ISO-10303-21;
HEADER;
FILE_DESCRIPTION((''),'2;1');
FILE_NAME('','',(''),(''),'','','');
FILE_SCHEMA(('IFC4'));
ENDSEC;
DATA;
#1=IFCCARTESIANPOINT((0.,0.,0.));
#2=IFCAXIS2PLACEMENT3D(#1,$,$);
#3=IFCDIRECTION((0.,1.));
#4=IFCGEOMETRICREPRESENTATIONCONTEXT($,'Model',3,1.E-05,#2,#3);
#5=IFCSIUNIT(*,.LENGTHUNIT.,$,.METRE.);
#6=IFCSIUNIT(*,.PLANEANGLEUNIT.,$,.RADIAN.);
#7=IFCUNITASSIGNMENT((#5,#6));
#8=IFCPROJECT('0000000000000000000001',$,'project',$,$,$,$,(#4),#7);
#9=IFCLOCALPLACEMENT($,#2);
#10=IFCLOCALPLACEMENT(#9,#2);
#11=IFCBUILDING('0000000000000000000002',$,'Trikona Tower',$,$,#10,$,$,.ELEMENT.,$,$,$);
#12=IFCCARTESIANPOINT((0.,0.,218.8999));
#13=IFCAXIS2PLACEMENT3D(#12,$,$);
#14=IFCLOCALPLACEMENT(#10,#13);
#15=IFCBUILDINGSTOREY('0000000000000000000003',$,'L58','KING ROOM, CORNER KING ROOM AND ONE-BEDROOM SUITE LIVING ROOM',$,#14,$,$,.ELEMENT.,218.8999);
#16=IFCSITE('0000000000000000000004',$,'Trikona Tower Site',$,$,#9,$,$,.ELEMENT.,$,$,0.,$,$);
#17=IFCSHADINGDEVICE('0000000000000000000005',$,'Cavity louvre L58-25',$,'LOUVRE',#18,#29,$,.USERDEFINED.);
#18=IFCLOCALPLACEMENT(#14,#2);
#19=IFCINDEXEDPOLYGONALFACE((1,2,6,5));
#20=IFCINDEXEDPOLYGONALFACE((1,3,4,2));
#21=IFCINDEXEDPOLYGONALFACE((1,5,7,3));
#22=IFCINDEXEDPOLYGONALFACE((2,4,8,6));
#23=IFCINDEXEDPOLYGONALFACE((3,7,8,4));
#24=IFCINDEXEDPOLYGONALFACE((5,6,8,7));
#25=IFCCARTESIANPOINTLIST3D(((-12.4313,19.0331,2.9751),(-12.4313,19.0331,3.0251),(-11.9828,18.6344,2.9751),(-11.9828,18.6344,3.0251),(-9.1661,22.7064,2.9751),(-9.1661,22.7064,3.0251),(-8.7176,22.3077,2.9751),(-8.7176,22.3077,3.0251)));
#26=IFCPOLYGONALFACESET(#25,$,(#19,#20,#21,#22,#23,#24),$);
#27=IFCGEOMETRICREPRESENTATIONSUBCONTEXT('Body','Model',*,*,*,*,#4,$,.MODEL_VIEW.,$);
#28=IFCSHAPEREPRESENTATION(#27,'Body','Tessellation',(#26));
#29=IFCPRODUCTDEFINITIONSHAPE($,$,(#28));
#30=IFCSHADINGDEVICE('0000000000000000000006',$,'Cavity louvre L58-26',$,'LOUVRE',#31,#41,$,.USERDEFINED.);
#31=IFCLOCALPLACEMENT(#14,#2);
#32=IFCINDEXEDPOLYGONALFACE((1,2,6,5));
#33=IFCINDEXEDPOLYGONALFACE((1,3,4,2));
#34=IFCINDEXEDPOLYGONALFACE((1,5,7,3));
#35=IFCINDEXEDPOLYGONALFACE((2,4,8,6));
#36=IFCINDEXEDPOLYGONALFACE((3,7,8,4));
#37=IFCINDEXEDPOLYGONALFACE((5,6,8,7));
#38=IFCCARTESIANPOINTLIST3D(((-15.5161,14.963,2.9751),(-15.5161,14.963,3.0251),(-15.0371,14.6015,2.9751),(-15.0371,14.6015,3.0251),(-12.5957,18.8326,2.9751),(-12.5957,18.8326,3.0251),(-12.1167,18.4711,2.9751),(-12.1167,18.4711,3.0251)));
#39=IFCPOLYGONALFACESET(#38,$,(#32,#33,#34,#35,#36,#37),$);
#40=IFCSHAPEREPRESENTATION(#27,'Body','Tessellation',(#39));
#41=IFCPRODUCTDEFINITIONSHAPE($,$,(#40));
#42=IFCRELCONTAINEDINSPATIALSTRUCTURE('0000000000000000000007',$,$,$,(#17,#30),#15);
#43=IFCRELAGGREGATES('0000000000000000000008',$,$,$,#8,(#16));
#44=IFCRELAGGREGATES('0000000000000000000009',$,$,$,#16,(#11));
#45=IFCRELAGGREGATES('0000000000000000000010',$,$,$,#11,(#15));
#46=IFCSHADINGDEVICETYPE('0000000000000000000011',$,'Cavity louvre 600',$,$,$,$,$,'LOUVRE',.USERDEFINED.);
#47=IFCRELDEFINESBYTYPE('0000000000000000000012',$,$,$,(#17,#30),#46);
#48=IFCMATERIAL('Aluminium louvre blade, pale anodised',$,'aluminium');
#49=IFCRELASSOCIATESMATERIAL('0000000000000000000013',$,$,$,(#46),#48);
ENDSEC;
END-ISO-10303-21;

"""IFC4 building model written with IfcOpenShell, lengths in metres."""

from ifc_helpers import new_model, si_unit, direction, frame, origin, origin_2d, place, context, subcontext, project, spatial, rectangle, extrude, material, type_object, element, save


model = new_model("IFC4")

# Units and contexts
model_context = context("Model", 3, precision=1e-05, world=origin(), true_north=direction((0.0, 1.0)))
body_context = subcontext(model_context, "Body", "Model", "MODEL_VIEW")
ifc_project = project(units=[si_unit("LENGTHUNIT", "METRE"), si_unit("PLANEANGLEUNIT", "RADIAN")], contexts=[model_context])

# Site, building, storey
site_placement = place(None, origin())
site = spatial("IfcSite", under=ifc_project, at=site_placement, Name="Trikona Tower Site", CompositionType="ELEMENT", RefElevation=0.0)
building_placement = place(site_placement, origin())
building = spatial("IfcBuilding", under=site, at=building_placement, Name="Trikona Tower", CompositionType="ELEMENT")
storey_placement = place(building_placement, frame((0.0, 0.0, 218.8999)))
storey = spatial("IfcBuildingStorey", under=building, at=storey_placement, Name="L58", Description="KING ROOM, CORNER KING ROOM AND ONE-BEDROOM SUITE LIVING ROOM", CompositionType="ELEMENT", Elevation=218.8999)

# Shading devices
ifc_material_1 = material(Name="Aluminium louvre blade, pale anodised", Category="aluminium")
shading_device_type = type_object("IfcShadingDeviceType", Name="Cavity louvre 600", ElementType="LOUVRE", PredefinedType="USERDEFINED", material=ifc_material_1)
shading_device_1_placement = place(storey_placement, frame((-10.5745, 20.6704, 2.9751), z_axis=(0.0, 0.0, 1.0), x_axis=(-0.664367, -0.747406, 0.0)))
element("IfcShadingDevice", 1, at=shading_device_1_placement, inside=storey, type_object=shading_device_type, Name="Cavity louvre L58-25", ObjectType="LOUVRE", PredefinedType="USERDEFINED", context=body_context, shape_type="SweptSolid", body=[
    extrude(rectangle(XDim=4.9148, YDim=0.6001, at=origin_2d()), origin(), (0.0, 0.0, 1.0), 0.05),
])
shading_device_2_placement = place(storey_placement, frame((-13.8164, 16.717, 2.9751), z_axis=(0.0, 0.0, 1.0), x_axis=(-0.602402, -0.798193, 0.0)))
element("IfcShadingDevice", 2, at=shading_device_2_placement, inside=storey, type_object=shading_device_type, Name="Cavity louvre L58-26", ObjectType="LOUVRE", PredefinedType="USERDEFINED", context=body_context, shape_type="SweptSolid", body=[
    extrude(rectangle(XDim=4.8479, YDim=0.6001, at=origin_2d()), origin(), (0.0, 0.0, 1.0), 0.05),
])

save(model, "model.ifc")
